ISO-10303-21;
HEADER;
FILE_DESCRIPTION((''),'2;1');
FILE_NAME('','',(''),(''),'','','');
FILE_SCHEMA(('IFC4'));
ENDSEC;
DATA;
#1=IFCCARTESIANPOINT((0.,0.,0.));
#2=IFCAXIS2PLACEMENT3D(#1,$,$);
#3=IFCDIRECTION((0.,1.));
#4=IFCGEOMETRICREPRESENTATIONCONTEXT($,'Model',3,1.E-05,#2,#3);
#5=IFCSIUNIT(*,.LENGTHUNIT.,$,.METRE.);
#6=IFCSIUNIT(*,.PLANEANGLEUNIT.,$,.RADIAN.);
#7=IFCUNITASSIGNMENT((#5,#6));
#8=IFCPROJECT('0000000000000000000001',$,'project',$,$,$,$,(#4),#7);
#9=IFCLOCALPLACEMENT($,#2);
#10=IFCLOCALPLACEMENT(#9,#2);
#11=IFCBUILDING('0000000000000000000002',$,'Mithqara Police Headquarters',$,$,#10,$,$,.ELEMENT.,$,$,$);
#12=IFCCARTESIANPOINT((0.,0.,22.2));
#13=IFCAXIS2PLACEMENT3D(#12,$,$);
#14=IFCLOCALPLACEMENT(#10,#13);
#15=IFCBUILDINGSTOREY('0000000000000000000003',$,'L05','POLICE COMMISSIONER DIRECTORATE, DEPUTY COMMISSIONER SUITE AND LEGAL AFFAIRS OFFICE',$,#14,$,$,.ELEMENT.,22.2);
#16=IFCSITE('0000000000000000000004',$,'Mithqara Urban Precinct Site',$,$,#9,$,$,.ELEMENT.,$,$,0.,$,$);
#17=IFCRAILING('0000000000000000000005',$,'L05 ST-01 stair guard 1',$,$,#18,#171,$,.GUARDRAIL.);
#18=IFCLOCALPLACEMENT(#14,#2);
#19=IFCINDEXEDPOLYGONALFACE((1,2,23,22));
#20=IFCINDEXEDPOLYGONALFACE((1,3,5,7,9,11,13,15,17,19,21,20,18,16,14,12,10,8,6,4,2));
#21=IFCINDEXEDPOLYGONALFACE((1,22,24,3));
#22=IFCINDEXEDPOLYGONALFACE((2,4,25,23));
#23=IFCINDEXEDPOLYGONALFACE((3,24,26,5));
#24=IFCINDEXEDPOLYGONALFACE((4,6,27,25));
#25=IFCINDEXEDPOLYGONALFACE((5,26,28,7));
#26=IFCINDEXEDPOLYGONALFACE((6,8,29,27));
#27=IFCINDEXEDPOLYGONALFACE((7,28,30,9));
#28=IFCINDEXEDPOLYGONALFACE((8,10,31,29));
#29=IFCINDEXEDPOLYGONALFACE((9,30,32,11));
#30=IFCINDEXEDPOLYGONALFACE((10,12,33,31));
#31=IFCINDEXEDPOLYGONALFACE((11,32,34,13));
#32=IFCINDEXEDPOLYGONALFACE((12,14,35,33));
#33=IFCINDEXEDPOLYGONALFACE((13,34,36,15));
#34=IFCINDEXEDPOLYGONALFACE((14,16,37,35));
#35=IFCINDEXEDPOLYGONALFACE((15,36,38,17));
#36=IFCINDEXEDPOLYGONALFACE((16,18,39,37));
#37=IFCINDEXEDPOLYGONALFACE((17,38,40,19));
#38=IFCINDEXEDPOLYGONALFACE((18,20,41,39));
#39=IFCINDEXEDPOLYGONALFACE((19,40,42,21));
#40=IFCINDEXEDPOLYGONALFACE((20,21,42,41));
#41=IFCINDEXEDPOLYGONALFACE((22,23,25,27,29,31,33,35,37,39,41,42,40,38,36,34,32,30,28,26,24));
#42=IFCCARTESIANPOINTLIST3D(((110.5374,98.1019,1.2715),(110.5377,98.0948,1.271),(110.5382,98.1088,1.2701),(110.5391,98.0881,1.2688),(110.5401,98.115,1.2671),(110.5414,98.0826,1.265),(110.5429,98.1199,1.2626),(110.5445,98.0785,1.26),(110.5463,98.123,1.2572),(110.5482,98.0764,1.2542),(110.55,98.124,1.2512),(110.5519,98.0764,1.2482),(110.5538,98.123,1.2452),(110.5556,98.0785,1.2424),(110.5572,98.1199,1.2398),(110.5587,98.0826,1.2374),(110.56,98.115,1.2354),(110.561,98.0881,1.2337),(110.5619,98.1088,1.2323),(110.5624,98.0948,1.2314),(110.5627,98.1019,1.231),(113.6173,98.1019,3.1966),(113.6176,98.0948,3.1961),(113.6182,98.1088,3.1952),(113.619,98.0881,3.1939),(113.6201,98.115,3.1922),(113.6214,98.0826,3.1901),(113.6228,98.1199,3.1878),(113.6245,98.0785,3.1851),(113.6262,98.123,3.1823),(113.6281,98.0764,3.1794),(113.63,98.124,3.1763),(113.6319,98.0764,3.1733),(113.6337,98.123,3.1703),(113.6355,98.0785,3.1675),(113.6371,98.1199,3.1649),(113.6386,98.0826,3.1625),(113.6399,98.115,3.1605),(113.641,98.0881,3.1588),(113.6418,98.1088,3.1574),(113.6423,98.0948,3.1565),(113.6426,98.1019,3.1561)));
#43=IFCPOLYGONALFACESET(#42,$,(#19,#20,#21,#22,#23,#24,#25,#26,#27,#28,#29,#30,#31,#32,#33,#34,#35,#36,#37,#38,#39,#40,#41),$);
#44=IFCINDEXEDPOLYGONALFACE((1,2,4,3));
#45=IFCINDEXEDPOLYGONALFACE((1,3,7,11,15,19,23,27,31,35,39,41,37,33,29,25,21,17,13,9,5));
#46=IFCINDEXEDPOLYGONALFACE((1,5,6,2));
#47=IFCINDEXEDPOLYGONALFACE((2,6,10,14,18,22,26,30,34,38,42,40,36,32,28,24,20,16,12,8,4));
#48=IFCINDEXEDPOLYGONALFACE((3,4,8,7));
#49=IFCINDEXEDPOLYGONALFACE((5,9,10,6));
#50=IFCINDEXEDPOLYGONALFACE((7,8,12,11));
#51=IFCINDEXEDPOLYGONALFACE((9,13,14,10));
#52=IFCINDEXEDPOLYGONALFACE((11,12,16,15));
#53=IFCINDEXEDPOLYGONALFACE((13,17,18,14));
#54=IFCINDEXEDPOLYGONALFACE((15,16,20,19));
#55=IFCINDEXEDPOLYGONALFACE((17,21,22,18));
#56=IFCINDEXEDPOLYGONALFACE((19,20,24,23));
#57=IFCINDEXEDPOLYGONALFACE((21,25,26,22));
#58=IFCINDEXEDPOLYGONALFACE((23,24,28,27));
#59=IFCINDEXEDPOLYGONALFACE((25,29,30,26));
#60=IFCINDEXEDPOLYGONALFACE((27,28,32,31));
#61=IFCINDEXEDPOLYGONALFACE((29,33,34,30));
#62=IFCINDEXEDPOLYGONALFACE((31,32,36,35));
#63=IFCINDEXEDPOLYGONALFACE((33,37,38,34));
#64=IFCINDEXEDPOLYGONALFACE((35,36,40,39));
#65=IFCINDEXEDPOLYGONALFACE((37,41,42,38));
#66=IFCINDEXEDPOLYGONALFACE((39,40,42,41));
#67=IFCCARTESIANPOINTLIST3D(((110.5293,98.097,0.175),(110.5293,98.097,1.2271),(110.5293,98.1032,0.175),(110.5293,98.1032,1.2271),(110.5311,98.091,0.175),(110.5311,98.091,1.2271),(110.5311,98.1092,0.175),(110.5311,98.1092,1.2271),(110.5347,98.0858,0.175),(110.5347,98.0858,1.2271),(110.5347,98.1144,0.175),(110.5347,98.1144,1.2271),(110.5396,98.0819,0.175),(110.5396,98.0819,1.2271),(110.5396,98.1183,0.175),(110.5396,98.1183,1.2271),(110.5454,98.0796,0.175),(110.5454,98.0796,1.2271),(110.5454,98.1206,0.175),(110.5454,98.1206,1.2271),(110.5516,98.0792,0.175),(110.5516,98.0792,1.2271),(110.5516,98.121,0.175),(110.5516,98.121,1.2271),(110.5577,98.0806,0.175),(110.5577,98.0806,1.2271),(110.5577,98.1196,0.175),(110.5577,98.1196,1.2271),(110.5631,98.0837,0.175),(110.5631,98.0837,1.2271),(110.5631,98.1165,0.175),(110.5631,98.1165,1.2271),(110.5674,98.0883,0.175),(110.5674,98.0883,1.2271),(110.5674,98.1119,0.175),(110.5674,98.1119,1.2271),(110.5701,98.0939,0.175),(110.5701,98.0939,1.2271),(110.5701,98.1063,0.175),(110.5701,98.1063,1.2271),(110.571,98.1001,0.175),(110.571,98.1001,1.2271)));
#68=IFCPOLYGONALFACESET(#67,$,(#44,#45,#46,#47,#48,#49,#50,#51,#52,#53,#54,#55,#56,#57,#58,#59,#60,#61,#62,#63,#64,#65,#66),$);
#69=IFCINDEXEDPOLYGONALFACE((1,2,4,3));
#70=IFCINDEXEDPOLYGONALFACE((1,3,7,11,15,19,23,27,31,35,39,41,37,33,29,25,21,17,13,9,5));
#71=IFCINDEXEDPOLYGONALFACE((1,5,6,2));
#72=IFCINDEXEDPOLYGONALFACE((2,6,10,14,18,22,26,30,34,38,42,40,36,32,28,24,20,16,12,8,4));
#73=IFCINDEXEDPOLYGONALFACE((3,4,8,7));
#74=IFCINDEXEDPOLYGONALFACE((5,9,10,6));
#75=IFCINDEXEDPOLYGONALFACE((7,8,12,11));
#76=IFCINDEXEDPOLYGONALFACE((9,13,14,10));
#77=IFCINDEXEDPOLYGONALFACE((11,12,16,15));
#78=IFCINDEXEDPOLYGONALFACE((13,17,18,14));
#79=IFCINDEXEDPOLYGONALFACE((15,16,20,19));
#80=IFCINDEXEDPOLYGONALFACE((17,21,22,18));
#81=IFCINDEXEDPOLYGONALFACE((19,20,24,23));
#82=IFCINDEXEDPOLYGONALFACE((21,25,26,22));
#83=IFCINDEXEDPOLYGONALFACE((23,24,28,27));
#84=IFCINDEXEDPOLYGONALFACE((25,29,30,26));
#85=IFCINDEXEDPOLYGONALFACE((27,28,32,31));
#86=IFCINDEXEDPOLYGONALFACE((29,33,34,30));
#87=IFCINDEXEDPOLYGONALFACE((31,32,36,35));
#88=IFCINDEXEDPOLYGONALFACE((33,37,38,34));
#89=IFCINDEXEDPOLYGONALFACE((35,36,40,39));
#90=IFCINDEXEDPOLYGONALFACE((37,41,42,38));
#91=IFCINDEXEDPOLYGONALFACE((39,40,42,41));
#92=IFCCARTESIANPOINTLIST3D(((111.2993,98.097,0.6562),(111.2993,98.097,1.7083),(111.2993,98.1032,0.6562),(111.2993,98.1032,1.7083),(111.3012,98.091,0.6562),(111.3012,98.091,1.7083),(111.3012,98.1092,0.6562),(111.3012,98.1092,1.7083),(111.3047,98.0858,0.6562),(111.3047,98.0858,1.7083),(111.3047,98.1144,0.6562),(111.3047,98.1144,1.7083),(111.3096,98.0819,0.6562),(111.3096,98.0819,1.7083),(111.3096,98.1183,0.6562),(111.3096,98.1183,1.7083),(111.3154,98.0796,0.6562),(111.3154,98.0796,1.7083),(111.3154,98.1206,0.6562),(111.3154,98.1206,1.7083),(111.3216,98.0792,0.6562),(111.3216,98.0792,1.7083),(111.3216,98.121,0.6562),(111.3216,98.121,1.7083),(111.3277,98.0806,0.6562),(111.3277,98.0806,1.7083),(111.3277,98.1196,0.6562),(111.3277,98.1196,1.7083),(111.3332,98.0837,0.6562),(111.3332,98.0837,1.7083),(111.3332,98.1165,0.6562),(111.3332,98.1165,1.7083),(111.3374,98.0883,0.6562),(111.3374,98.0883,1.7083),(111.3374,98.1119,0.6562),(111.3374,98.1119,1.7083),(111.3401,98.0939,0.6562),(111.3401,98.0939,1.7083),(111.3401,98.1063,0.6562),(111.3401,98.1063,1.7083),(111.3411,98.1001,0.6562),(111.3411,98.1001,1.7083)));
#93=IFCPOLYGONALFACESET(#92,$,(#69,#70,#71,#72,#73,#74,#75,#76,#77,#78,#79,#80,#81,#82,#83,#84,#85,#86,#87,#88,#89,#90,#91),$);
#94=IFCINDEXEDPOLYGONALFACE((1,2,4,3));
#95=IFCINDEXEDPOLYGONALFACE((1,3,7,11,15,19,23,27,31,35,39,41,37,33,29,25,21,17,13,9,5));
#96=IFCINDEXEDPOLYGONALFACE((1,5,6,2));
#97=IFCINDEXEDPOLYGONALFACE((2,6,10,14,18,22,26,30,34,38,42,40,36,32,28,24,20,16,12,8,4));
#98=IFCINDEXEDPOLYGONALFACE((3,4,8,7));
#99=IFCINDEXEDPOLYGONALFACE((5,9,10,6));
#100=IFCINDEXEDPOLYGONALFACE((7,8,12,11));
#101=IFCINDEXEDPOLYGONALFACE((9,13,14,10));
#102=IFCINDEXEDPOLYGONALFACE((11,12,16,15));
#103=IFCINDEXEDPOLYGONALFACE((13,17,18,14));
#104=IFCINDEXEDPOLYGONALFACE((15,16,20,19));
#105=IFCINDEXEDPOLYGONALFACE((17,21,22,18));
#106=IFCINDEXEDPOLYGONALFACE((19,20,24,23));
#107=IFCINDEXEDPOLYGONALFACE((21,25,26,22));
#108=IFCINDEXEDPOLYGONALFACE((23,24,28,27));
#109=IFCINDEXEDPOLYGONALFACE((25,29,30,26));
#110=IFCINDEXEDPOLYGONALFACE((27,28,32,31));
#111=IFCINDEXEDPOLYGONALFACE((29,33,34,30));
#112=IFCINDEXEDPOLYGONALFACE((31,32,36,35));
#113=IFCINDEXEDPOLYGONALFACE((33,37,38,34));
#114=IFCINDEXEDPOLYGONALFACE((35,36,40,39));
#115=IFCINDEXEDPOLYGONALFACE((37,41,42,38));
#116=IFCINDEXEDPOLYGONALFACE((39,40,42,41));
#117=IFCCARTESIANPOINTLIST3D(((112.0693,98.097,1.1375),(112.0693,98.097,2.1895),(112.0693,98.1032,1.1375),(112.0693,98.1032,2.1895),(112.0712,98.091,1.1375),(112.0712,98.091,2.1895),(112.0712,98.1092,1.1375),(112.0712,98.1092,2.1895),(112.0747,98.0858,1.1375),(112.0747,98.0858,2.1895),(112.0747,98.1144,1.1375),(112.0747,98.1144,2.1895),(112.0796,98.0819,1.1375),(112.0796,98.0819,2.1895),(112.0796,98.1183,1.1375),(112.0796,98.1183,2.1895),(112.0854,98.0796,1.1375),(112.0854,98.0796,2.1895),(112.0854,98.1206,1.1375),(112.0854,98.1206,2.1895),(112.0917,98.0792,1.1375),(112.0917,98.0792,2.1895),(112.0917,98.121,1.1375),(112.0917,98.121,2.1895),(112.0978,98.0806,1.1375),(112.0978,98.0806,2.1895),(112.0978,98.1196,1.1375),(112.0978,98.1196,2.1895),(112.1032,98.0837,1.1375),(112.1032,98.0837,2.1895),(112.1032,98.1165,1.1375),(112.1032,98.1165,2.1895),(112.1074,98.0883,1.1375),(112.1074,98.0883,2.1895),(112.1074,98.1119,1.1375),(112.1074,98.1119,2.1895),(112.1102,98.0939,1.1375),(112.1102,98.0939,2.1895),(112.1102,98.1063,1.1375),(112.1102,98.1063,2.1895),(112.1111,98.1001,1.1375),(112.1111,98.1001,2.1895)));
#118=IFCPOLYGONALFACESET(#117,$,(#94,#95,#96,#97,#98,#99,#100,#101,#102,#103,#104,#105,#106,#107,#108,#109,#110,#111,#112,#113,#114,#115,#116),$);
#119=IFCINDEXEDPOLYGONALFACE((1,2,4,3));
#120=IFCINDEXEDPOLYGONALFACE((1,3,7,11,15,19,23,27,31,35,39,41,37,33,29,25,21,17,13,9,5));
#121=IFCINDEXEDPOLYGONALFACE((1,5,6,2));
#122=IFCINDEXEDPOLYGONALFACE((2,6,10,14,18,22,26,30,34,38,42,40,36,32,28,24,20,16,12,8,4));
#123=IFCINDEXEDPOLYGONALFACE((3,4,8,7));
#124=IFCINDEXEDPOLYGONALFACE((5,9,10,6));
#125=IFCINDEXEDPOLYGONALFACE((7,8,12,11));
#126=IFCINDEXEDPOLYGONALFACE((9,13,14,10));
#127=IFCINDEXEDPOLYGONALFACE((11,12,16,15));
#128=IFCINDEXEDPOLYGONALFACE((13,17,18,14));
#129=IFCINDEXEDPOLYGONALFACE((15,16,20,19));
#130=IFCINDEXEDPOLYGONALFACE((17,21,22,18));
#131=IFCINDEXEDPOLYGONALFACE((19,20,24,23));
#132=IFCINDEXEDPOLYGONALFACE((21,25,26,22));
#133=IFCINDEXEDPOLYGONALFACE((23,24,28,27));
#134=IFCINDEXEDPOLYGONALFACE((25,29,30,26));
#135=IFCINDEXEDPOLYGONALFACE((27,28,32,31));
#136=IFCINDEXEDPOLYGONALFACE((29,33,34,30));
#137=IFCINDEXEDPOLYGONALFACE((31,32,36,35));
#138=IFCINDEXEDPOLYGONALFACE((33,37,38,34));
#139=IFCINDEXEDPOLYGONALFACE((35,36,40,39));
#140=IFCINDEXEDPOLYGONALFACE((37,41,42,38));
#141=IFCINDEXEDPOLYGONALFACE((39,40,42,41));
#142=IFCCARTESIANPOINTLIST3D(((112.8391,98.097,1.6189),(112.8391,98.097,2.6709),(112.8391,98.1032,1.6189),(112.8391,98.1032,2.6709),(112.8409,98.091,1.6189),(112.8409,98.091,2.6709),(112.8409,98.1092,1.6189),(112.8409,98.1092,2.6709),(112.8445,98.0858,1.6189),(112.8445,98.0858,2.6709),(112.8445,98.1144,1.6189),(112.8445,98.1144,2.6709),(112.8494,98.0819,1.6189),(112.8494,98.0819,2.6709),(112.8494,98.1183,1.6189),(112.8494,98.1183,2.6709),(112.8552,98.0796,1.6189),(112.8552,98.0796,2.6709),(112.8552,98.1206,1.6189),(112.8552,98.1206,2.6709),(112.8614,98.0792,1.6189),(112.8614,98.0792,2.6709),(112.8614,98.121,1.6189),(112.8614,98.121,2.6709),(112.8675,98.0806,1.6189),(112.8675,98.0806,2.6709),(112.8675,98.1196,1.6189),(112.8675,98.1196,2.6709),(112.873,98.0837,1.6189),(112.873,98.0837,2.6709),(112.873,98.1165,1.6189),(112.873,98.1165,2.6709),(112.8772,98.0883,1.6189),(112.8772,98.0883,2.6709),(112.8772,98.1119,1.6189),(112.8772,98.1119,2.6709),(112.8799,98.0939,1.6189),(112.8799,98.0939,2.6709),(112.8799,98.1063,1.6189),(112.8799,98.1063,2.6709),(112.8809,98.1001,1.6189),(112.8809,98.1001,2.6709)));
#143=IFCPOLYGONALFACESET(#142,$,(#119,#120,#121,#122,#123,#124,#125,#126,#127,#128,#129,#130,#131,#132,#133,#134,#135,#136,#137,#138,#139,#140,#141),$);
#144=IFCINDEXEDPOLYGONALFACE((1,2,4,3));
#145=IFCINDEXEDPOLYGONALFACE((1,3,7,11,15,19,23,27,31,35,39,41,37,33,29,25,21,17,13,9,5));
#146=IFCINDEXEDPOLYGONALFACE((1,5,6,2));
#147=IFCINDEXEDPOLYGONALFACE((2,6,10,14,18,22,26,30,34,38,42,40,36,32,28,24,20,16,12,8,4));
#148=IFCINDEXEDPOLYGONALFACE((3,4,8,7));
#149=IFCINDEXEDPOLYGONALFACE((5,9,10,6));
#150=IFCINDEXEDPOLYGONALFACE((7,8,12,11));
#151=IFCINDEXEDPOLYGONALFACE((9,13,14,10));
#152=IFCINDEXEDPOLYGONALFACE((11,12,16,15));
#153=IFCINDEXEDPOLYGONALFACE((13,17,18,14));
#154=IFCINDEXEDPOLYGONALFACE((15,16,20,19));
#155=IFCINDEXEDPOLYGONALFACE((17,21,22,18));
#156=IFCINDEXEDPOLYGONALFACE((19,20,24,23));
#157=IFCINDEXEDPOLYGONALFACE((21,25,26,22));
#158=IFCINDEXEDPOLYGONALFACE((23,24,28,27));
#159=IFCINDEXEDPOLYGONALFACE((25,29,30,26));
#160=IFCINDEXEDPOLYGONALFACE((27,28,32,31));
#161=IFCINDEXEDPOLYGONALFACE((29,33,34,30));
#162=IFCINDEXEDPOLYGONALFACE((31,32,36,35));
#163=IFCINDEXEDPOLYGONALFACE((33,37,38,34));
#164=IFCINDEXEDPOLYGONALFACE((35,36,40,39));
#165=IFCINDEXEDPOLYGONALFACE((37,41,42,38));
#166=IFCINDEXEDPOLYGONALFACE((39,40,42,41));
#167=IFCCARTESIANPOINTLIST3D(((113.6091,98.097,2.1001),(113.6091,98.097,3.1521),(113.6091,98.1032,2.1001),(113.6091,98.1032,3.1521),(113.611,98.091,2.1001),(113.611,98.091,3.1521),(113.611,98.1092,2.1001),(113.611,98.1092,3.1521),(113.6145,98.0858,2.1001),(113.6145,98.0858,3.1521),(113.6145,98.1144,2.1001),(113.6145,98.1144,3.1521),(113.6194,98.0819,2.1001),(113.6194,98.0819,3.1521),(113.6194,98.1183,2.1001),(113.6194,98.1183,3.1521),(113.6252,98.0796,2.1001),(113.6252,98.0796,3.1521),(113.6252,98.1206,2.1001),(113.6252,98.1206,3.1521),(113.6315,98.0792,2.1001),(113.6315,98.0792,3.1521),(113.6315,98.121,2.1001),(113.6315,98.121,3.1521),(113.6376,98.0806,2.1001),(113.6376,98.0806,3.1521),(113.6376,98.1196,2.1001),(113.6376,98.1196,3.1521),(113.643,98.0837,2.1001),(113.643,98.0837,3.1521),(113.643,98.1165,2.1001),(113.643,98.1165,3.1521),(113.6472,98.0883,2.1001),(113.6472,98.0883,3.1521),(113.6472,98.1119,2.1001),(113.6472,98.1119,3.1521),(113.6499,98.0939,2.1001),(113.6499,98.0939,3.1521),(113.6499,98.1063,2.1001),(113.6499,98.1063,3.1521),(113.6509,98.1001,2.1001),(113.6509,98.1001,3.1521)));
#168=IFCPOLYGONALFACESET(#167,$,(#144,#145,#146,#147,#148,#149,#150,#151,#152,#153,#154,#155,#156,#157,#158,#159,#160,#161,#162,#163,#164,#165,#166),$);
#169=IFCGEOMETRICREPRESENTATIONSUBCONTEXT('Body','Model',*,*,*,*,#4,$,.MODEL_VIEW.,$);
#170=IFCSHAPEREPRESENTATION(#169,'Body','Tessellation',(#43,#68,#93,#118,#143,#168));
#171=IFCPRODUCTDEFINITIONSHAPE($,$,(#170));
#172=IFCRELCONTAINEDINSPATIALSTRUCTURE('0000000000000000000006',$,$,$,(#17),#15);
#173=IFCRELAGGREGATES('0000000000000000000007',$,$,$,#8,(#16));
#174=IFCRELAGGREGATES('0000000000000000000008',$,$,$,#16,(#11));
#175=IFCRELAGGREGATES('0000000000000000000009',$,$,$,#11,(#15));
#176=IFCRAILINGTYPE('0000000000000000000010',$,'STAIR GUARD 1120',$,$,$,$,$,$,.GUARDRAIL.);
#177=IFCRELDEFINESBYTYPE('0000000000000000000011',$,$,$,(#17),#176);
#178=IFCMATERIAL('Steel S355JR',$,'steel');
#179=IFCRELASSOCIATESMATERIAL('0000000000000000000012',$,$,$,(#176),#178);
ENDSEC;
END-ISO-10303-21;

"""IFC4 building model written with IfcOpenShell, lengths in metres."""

from ifc_helpers import new_model, si_unit, direction, frame, origin, origin_2d, place, context, subcontext, project, spatial, circle, extrude, material, type_object, element, save


model = new_model("IFC4")

# Units and contexts
model_context = context("Model", 3, precision=1e-05, world=origin(), true_north=direction((0.0, 1.0)))
body_context = subcontext(model_context, "Body", "Model", "MODEL_VIEW")
ifc_project = project(units=[si_unit("LENGTHUNIT", "METRE"), si_unit("PLANEANGLEUNIT", "RADIAN")], contexts=[model_context])

# Site, building, storey
site_placement = place(None, origin())
site = spatial("IfcSite", under=ifc_project, at=site_placement, Name="Mithqara Urban Precinct Site", CompositionType="ELEMENT", RefElevation=0.0)
building_placement = place(site_placement, origin())
building = spatial("IfcBuilding", under=site, at=building_placement, Name="Mithqara Police Headquarters", CompositionType="ELEMENT")
storey_placement = place(building_placement, frame((0.0, 0.0, 22.2)))
storey = spatial("IfcBuildingStorey", under=building, at=storey_placement, Name="L05", Description="POLICE COMMISSIONER DIRECTORATE, DEPUTY COMMISSIONER SUITE AND LEGAL AFFAIRS OFFICE", CompositionType="ELEMENT", Elevation=22.2)

# Shared definitions
ifc_material_1 = material(Name="Steel S355JR", Category="steel")

# Railing
railing_type_1 = type_object("IfcRailingType", Name="STAIR GUARD 1120", PredefinedType="GUARDRAIL", material=ifc_material_1)
railing_1_placement = place(storey_placement, frame((110.55, 98.1001, 0.175)))
element("IfcRailing", 1, at=railing_1_placement, inside=storey, type_object=railing_type_1, Name="L05 ST-01 stair guard 1", PredefinedType="GUARDRAIL", context=body_context, shape_type="SweptSolid", body=[
    extrude(circle(Radius=0.0239, at=origin_2d()), frame((0.0, 0.0, 1.0762), z_axis=(0.847979, 0.0, 0.530029), x_axis=(0.0, 1.0, 0.0)), (0.0, 0.0, 1.0), 3.6321),
    extrude(circle(Radius=0.021, at=origin_2d()), origin(), (0.0, 0.0, 1.0), 1.052),
    extrude(circle(Radius=0.021, at=origin_2d()), frame((0.77, 0.0, 0.4812)), (0.0, 0.0, 1.0), 1.052),
    extrude(circle(Radius=0.021, at=origin_2d()), frame((1.54, 0.0, 0.9624)), (0.0, 0.0, 1.0), 1.052),
    extrude(circle(Radius=0.021, at=origin_2d()), frame((2.3098, 0.0, 1.4438)), (0.0, 0.0, 1.0), 1.052),
    extrude(circle(Radius=0.021, at=origin_2d()), frame((3.0798, 0.0, 1.925)), (0.0, 0.0, 1.0), 1.052),
])

save(model, "model.ifc")
